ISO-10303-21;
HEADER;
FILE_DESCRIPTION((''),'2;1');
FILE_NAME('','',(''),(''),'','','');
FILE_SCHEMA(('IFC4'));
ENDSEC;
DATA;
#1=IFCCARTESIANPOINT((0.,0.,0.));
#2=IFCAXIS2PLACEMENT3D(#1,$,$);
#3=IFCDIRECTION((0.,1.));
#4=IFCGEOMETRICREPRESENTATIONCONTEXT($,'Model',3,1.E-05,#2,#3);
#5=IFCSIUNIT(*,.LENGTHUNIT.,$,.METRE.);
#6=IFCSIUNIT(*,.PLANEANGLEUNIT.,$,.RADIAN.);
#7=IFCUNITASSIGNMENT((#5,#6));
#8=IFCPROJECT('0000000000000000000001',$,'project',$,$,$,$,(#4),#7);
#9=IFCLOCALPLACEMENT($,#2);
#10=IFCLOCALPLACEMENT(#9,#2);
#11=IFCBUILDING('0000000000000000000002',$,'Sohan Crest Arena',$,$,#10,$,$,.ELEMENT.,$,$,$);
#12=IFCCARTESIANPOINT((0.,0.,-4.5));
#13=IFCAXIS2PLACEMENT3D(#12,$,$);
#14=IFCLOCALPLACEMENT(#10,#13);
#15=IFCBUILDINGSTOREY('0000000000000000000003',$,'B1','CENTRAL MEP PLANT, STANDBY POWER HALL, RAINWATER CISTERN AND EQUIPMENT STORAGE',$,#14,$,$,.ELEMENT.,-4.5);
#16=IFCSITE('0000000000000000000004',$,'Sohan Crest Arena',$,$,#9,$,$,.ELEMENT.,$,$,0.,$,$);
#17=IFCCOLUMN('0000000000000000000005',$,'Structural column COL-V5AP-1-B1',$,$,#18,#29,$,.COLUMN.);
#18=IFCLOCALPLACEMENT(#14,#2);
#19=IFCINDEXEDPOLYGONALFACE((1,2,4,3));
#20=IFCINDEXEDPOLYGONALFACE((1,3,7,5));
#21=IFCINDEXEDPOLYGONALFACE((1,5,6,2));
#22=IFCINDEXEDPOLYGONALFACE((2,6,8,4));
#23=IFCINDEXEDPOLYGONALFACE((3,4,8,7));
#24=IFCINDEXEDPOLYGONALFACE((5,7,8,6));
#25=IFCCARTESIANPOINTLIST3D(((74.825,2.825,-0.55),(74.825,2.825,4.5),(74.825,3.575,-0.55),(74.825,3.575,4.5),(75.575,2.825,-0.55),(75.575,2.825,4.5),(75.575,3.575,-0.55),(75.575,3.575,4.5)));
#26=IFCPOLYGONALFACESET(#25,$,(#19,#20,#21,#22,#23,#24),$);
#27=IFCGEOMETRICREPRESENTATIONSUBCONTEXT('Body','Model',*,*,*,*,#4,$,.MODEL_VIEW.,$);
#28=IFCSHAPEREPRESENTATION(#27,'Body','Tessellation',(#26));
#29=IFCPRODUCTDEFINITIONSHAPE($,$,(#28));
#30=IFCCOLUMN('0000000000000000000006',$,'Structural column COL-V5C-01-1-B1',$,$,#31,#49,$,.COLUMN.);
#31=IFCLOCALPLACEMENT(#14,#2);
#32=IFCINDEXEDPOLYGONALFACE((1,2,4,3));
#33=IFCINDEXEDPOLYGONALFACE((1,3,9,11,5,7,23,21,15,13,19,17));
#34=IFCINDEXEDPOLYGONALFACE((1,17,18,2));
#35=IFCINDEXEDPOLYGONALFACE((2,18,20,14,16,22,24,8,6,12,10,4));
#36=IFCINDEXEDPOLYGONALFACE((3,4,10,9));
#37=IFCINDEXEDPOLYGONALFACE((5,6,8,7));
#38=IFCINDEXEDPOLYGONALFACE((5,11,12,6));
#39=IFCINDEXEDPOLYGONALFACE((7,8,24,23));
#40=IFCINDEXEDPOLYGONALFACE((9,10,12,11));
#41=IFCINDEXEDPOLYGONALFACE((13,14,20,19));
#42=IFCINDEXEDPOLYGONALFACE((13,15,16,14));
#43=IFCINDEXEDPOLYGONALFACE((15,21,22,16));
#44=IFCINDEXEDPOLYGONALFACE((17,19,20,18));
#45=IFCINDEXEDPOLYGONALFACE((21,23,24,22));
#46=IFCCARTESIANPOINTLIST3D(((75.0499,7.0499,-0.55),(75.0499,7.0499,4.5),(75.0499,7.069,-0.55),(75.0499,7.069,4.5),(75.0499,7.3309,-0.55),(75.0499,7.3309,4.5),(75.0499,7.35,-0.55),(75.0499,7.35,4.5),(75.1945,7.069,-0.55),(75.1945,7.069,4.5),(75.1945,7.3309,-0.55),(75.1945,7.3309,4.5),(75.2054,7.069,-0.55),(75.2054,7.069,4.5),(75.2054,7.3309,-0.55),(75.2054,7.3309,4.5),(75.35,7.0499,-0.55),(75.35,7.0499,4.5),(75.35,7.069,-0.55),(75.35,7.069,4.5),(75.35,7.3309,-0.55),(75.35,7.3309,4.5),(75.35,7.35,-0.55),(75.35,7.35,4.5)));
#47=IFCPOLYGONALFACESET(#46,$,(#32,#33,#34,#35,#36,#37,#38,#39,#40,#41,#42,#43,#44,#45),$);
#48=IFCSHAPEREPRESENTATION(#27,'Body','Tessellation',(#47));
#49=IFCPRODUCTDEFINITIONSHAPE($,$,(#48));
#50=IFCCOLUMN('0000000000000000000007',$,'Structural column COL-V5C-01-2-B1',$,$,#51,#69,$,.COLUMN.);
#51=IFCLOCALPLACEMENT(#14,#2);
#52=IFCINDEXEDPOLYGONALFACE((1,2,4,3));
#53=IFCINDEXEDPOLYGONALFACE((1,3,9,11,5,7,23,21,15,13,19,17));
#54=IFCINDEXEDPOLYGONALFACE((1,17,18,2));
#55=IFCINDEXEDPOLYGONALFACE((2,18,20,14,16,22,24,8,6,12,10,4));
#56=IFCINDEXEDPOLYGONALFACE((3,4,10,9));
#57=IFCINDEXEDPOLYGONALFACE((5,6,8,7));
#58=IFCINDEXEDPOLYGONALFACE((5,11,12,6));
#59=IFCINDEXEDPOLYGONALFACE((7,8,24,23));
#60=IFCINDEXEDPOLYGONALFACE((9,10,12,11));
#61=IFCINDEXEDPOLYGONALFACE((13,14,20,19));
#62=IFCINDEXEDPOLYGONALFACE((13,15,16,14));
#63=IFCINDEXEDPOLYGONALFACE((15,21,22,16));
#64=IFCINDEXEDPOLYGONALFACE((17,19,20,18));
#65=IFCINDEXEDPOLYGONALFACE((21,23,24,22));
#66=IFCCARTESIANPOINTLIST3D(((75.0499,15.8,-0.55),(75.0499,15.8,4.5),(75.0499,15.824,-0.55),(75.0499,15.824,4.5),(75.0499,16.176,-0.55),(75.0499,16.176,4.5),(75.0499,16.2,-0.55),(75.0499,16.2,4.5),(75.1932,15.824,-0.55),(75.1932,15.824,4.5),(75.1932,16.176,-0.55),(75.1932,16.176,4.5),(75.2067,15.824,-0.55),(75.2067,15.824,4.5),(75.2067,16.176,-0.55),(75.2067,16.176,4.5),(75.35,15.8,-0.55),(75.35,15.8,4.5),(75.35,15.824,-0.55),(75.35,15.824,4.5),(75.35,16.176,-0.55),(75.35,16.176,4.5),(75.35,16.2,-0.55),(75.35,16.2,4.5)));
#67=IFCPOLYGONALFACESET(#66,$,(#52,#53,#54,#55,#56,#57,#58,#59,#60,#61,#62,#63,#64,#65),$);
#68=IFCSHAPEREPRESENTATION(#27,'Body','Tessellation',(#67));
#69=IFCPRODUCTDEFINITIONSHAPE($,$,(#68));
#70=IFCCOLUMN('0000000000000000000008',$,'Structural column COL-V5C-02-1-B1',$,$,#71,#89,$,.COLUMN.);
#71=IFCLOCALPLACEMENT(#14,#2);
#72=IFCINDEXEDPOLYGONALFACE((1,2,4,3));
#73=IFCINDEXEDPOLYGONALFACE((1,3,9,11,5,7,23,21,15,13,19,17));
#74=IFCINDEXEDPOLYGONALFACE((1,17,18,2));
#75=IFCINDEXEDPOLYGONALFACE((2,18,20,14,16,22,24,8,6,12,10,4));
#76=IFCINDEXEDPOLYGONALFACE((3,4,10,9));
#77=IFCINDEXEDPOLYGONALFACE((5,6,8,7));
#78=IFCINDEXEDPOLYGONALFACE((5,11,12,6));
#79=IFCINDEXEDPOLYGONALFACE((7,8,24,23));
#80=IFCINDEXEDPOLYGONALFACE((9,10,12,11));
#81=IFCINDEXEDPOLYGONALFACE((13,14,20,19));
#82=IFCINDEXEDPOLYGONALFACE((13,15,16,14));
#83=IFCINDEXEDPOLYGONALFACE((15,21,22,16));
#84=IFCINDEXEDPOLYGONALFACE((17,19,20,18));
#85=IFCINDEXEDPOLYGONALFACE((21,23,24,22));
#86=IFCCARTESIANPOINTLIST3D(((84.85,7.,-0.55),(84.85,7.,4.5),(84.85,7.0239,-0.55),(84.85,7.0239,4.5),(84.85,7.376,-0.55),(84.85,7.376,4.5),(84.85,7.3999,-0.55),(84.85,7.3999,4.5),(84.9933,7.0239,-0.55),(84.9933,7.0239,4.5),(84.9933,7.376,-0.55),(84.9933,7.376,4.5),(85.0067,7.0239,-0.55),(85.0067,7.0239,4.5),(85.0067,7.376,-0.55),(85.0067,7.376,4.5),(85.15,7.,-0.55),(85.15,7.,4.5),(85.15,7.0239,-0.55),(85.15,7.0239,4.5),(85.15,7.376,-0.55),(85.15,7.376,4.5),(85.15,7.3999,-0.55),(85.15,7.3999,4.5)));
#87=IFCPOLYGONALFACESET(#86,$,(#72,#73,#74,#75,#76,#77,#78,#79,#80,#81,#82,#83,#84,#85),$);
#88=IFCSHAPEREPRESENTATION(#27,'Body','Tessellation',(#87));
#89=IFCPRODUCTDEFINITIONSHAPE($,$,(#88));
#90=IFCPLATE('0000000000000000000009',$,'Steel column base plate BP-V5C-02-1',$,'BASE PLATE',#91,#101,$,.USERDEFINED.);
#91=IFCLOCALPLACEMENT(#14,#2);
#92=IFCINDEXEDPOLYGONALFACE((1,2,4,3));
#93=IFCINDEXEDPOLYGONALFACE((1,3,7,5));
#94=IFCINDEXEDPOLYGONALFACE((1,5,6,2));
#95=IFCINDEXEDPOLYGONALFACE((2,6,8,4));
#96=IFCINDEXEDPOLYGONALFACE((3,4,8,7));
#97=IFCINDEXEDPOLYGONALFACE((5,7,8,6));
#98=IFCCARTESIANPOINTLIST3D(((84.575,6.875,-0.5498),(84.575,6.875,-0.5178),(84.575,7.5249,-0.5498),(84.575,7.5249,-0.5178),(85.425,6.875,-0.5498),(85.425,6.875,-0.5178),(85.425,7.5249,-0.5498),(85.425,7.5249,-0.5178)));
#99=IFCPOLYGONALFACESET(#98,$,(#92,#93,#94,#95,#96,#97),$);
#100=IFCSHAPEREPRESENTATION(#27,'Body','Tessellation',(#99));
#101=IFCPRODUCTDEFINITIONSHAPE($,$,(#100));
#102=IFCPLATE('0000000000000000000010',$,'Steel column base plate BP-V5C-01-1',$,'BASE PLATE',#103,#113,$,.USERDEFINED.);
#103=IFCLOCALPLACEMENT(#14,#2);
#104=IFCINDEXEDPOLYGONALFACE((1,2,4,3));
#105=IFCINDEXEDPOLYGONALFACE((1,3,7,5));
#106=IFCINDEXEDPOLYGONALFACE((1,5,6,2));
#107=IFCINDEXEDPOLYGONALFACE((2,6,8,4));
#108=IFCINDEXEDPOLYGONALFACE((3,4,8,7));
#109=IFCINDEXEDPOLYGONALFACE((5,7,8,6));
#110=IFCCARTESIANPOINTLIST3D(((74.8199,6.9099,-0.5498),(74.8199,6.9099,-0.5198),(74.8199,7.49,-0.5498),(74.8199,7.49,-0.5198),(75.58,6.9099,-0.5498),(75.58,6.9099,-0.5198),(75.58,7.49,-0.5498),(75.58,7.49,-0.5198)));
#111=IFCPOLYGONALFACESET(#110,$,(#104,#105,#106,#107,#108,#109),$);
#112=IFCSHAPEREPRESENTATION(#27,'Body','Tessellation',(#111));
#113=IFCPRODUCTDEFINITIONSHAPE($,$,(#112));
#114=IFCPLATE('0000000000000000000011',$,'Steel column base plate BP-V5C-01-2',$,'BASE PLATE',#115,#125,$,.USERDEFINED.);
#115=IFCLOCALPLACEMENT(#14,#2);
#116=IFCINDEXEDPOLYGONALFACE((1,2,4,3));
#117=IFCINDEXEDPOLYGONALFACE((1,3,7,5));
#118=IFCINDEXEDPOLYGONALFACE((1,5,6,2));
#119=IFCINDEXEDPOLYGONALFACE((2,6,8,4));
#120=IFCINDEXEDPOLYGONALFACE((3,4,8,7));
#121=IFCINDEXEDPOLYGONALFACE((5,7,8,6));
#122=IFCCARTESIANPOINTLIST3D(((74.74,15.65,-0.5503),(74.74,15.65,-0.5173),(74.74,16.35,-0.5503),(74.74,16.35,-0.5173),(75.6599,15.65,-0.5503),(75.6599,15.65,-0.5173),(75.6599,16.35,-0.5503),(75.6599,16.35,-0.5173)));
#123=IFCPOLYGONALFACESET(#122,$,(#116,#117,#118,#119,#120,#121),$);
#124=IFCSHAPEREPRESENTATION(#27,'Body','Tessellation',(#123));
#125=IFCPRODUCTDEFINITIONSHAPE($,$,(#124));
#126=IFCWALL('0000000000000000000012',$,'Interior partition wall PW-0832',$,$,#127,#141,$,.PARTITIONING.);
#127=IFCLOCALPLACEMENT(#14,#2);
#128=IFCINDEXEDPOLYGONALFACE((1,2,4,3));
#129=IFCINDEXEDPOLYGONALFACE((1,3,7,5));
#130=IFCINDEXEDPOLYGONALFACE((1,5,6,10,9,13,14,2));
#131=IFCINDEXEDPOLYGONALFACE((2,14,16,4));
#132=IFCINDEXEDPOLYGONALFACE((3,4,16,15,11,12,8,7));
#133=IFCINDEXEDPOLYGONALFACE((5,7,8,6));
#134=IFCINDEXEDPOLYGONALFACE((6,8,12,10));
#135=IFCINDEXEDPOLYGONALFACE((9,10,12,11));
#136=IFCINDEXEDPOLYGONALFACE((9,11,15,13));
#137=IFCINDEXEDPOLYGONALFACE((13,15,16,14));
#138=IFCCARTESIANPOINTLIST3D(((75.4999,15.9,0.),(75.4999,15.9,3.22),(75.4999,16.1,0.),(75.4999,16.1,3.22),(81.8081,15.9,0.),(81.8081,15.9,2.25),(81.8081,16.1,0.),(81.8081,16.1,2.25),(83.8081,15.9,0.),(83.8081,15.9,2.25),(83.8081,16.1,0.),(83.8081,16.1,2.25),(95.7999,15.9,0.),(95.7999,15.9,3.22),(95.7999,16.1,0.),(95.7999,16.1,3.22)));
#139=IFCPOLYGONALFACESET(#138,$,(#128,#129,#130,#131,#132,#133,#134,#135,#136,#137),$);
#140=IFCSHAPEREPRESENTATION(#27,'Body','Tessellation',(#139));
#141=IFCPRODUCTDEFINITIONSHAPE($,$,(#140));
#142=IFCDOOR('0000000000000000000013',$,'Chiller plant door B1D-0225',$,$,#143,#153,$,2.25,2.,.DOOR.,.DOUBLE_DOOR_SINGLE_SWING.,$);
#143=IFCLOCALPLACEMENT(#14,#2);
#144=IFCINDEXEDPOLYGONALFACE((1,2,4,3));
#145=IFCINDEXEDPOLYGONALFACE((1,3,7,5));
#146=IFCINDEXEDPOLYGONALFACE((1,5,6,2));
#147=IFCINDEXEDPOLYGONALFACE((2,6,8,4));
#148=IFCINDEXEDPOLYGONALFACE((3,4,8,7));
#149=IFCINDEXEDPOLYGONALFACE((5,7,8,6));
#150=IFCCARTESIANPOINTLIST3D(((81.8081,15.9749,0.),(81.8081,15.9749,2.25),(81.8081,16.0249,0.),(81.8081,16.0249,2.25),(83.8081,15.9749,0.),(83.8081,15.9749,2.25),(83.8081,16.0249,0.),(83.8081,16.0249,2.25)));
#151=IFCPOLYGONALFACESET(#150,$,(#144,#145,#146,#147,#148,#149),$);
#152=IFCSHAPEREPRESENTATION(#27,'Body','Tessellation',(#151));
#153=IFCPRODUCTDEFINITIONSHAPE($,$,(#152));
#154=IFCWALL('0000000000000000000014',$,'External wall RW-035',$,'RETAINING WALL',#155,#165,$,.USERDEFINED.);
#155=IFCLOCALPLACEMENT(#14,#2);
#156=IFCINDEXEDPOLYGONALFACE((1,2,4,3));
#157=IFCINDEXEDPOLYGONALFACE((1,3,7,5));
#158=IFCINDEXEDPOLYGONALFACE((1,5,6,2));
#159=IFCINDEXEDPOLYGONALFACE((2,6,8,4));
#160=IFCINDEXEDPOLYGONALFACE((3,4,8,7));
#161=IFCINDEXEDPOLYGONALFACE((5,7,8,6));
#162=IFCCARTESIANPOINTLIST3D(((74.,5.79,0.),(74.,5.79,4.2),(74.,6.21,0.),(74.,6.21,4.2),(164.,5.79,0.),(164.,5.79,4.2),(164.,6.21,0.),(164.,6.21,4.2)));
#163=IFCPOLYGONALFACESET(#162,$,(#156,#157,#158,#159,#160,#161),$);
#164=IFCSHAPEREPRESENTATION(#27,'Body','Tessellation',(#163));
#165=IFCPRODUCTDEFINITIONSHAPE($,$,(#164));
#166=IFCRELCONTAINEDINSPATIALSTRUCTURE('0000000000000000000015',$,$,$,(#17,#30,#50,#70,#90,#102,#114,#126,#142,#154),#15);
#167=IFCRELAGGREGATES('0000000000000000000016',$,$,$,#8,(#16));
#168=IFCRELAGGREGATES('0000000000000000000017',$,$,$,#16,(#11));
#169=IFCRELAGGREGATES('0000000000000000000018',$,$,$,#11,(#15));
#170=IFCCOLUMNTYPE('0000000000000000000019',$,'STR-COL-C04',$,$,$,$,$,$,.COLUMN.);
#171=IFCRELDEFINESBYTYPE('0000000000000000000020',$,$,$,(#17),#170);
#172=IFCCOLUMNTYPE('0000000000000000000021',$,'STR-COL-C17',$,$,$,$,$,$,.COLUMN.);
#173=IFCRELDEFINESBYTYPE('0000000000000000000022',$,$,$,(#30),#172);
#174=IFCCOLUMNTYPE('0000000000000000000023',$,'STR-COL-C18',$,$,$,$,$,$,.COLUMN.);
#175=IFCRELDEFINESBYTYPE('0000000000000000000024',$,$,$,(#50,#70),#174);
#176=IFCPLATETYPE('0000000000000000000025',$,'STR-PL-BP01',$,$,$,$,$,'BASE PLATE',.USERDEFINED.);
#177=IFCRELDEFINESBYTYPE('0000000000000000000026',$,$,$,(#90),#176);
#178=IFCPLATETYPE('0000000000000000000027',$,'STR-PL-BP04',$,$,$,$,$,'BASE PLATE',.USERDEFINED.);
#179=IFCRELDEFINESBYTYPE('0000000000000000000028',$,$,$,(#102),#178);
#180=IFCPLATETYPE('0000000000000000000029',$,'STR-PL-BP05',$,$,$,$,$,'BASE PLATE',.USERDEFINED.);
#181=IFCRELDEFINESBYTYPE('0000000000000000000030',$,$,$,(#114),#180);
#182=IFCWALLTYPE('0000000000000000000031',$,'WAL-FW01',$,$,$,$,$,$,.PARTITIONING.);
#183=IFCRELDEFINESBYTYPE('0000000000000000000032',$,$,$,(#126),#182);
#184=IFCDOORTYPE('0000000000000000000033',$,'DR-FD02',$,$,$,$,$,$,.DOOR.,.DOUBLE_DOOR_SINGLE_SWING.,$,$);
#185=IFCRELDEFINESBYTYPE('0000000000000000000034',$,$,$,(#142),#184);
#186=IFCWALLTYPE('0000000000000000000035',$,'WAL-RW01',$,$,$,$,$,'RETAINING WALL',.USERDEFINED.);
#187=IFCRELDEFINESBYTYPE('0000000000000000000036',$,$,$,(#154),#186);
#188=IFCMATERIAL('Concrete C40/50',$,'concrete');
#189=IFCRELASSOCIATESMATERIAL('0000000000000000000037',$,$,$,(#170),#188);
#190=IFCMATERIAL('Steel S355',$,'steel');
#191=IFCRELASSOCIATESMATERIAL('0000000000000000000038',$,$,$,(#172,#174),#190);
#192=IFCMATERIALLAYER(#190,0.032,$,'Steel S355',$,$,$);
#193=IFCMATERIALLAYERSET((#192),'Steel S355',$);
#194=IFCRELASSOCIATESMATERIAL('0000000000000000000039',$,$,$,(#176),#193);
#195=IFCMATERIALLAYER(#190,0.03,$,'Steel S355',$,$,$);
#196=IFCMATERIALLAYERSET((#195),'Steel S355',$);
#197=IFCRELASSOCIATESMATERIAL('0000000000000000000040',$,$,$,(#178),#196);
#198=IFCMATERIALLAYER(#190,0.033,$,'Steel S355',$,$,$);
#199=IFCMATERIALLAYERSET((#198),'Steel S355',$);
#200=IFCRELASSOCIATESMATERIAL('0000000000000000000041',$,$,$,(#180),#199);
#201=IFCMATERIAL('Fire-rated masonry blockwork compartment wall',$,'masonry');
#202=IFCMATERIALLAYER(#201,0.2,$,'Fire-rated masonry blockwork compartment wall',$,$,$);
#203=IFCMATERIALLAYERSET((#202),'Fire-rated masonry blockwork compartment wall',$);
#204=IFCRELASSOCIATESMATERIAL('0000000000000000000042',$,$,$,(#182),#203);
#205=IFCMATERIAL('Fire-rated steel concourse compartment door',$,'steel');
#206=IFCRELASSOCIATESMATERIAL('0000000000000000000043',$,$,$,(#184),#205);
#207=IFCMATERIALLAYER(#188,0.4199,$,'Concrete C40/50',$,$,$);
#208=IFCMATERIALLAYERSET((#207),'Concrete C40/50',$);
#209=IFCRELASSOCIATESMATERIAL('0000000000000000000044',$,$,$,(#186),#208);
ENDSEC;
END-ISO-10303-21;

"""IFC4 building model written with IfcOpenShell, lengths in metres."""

from ifc_helpers import new_model, si_unit, direction, frame, frame_2d, origin, origin_2d, place, context, subcontext, project, spatial, rectangle, i_section, extrude, material, layer, layer_set, material_profile, profile_set, type_object, element, fill, save


model = new_model("IFC4")

# Units and contexts
model_context = context("Model", 3, precision=1e-05, world=origin(), true_north=direction((0.0, 1.0)))
body_context = subcontext(model_context, "Body", "Model", "MODEL_VIEW")
ifc_project = project(units=[si_unit("LENGTHUNIT", "METRE"), si_unit("PLANEANGLEUNIT", "RADIAN")], contexts=[model_context])

# Site, building, storey
site_placement = place(None, origin())
site = spatial("IfcSite", under=ifc_project, at=site_placement, Name="Sohan Crest Arena", CompositionType="ELEMENT", RefElevation=0.0)
building_placement = place(site_placement, origin())
building = spatial("IfcBuilding", under=site, at=building_placement, Name="Sohan Crest Arena", CompositionType="ELEMENT")
storey_placement = place(building_placement, frame((0.0, 0.0, -4.5)))
storey = spatial("IfcBuildingStorey", under=building, at=storey_placement, Name="B1", Description="CENTRAL MEP PLANT, STANDBY POWER HALL, RAINWATER CISTERN AND EQUIPMENT STORAGE", CompositionType="ELEMENT", Elevation=-4.5)

# Shared definitions
ifc_material_1 = material(Name="Concrete C40/50", Category="concrete")

# Columns
ifc_material_profile_1 = material_profile(ifc_material_1, rectangle(XDim=0.75, YDim=0.75, at=origin_2d()), Name="RC 750x750")
ifc_profile_set_1 = profile_set([ifc_material_profile_1], Name="Concrete C40/50")
column_type_1 = type_object("IfcColumnType", Name="STR-COL-C04", PredefinedType="COLUMN", material=ifc_profile_set_1)
column_1_placement = place(storey_placement, frame((75.2, 3.2, -0.55), z_axis=(0.0, 0.0, 1.0), x_axis=(1.0, 0.0, 0.0)))
element("IfcColumn", 1, at=column_1_placement, inside=storey, type_object=column_type_1, Name="Structural column COL-V5AP-1-B1", PredefinedType="COLUMN", context=body_context, shape_type="SweptSolid", body=[
    extrude(rectangle(XDim=0.75, YDim=0.75, at=origin_2d()), origin(), (0.0, 0.0, 1.0), 5.05),
])
ifc_material_2 = material(Name="Steel S355", Category="steel")
ifc_material_profile_2 = material_profile(ifc_material_2, i_section(OverallWidth=0.3, OverallDepth=0.3, WebThickness=0.011, FlangeThickness=0.019, at=origin_2d()), Name="HEB 300")
ifc_profile_set_2 = profile_set([ifc_material_profile_2], Name="Steel S355")
column_type_2 = type_object("IfcColumnType", Name="STR-COL-C17", PredefinedType="COLUMN", material=ifc_profile_set_2)
column_2_placement = place(storey_placement, frame((75.2, 7.2, -0.55), z_axis=(0.0, 0.0, 1.0), x_axis=(1.0, 0.0, 0.0)))
element("IfcColumn", 2, at=column_2_placement, inside=storey, type_object=column_type_2, Name="Structural column COL-V5C-01-1-B1", PredefinedType="COLUMN", context=body_context, shape_type="SweptSolid", body=[
    extrude(i_section(OverallWidth=0.3, OverallDepth=0.3, WebThickness=0.011, FlangeThickness=0.019, at=origin_2d()), origin(), (0.0, 0.0, 1.0), 5.05),
])
ifc_material_profile_3 = material_profile(ifc_material_2, i_section(OverallWidth=0.3, OverallDepth=0.3999, WebThickness=0.0134, FlangeThickness=0.0239, at=origin_2d()), Name="HEB 400")
ifc_profile_set_3 = profile_set([ifc_material_profile_3], Name="Steel S355")
column_type_3 = type_object("IfcColumnType", Name="STR-COL-C18", PredefinedType="COLUMN", material=ifc_profile_set_3)
for number, where, z_axis, x_axis, name in (
    (3, (75.2, 16.0, -0.55), (0.0, 0.0, 1.0), (1.0, 0.0, 0.0), "Structural column COL-V5C-01-2-B1"),
    (4, (85.0, 7.2, -0.55), (0.0, 0.0, 1.0), (1.0, 0.0, 0.0), "Structural column COL-V5C-02-1-B1"),
):
    element("IfcColumn", number, at=place(storey_placement, frame(where, z_axis=z_axis, x_axis=x_axis)), inside=storey, type_object=column_type_3, Name=name, PredefinedType="COLUMN", context=body_context, shape_type="SweptSolid", body=[
        extrude(i_section(OverallWidth=0.3, OverallDepth=0.3999, WebThickness=0.0134, FlangeThickness=0.0239, at=origin_2d()), origin(), (0.0, 0.0, 1.0), 5.05),
    ])

# Plates
ifc_layer_1 = layer(ifc_material_2, 0.032, Name="Steel S355")
ifc_layer_set_1 = layer_set([ifc_layer_1], Name="Steel S355")
plate_type_1 = type_object("IfcPlateType", Name="STR-PL-BP01", ElementType="BASE PLATE", PredefinedType="USERDEFINED", material=ifc_layer_set_1)
plate_1_placement = place(storey_placement, frame((85.0, 7.2, -0.5498), z_axis=(0.0, 0.0, 1.0), x_axis=(1.0, 0.0, 0.0)))
element("IfcPlate", 5, at=plate_1_placement, inside=storey, type_object=plate_type_1, Name="Steel column base plate BP-V5C-02-1", ObjectType="BASE PLATE", PredefinedType="USERDEFINED", context=body_context, shape_type="SweptSolid", body=[
    extrude(rectangle(XDim=0.8501, YDim=0.6499, at=origin_2d()), origin(), (0.0, 0.0, 1.0), 0.032),
])
ifc_layer_2 = layer(ifc_material_2, 0.03, Name="Steel S355")
ifc_layer_set_2 = layer_set([ifc_layer_2], Name="Steel S355")
plate_type_2 = type_object("IfcPlateType", Name="STR-PL-BP04", ElementType="BASE PLATE", PredefinedType="USERDEFINED", material=ifc_layer_set_2)
plate_2_placement = place(storey_placement, frame((75.2, 7.2, -0.5498), z_axis=(0.0, 0.0, 1.0), x_axis=(1.0, 0.0, 0.0)))
element("IfcPlate", 6, at=plate_2_placement, inside=storey, type_object=plate_type_2, Name="Steel column base plate BP-V5C-01-1", ObjectType="BASE PLATE", PredefinedType="USERDEFINED", context=body_context, shape_type="SweptSolid", body=[
    extrude(rectangle(XDim=0.76, YDim=0.5801, at=origin_2d()), origin(), (0.0, 0.0, 1.0), 0.03),
])
ifc_layer_3 = layer(ifc_material_2, 0.033, Name="Steel S355")
ifc_layer_set_3 = layer_set([ifc_layer_3], Name="Steel S355")
plate_type_3 = type_object("IfcPlateType", Name="STR-PL-BP05", ElementType="BASE PLATE", PredefinedType="USERDEFINED", material=ifc_layer_set_3)
plate_3_placement = place(storey_placement, frame((75.2, 16.0, -0.5503), z_axis=(0.0, 0.0, 1.0), x_axis=(1.0, 0.0, 0.0)))
element("IfcPlate", 7, at=plate_3_placement, inside=storey, type_object=plate_type_3, Name="Steel column base plate BP-V5C-01-2", ObjectType="BASE PLATE", PredefinedType="USERDEFINED", context=body_context, shape_type="SweptSolid", body=[
    extrude(rectangle(XDim=0.9199, YDim=0.7, at=origin_2d()), origin(), (0.0, 0.0, 1.0), 0.033),
])

# Wall, opening, door
ifc_material_3 = material(Name="Fire-rated masonry blockwork compartment wall", Category="masonry")
ifc_layer_4 = layer(ifc_material_3, 0.2, Name="Fire-rated masonry blockwork compartment wall")
ifc_layer_set_4 = layer_set([ifc_layer_4], Name="Fire-rated masonry blockwork compartment wall")
wall_type_1 = type_object("IfcWallType", Name="WAL-FW01", PredefinedType="PARTITIONING", material=ifc_layer_set_4)
wall_1_placement = place(storey_placement, frame((75.5, 16.0, 0.0), z_axis=(0.0, 0.0, 1.0), x_axis=(1.0, 0.0, 0.0)))
wall_1 = element("IfcWall", 8, at=wall_1_placement, inside=storey, type_object=wall_type_1, Name="Interior partition wall PW-0832", PredefinedType="PARTITIONING", context=body_context, shape_type="SweptSolid", body=[
    extrude(rectangle(XDim=20.3, YDim=0.2, at=frame_2d((10.1499, 0.0))), origin(), (0.0, 0.0, 1.0), 3.22),
])
opening_placement = place(wall_1_placement, frame((6.3081, 0.0, 0.0)))
opening = element("IfcOpeningElement", 9, at=opening_placement, cuts=wall_1, PredefinedType="OPENING", context=body_context, shape_type="SweptSolid", body=[
    extrude(rectangle(XDim=2.0, YDim=2.25, at=frame_2d((1.0, 1.125))), frame((0.0, 0.1099, 0.0), z_axis=(0.0, -1.0, 0.0), x_axis=(1.0, 0.0, 0.0)), (0.0, 0.0, 1.0), 0.22),
])
ifc_material_4 = material(Name="Fire-rated steel concourse compartment door", Category="steel")
door_type = type_object("IfcDoorType", Name="DR-FD02", OperationType="DOUBLE_DOOR_SINGLE_SWING", PredefinedType="DOOR", material=ifc_material_4)
door_placement = place(opening_placement, origin())
door = element("IfcDoor", 10, at=door_placement, inside=storey, type_object=door_type, Name="Chiller plant door B1D-0225", OperationType="DOUBLE_DOOR_SINGLE_SWING", OverallHeight=2.25, OverallWidth=2.0, PredefinedType="DOOR", context=body_context, shape_type="SweptSolid", body=[
    extrude(rectangle(XDim=2.0, YDim=2.25, at=frame_2d((1.0, 1.125))), frame((0.0, 0.0249, 0.0), z_axis=(0.0, -1.0, 0.0), x_axis=(1.0, 0.0, 0.0)), (0.0, 0.0, 1.0), 0.05),
])
fill(opening, door)

# Wall
ifc_layer_5 = layer(ifc_material_1, 0.4199, Name="Concrete C40/50")
ifc_layer_set_5 = layer_set([ifc_layer_5], Name="Concrete C40/50")
wall_type_2 = type_object("IfcWallType", Name="WAL-RW01", ElementType="RETAINING WALL", PredefinedType="USERDEFINED", material=ifc_layer_set_5)
wall_2_placement = place(storey_placement, frame((74.0, 6.0, 0.0), z_axis=(0.0, 0.0, 1.0), x_axis=(1.0, 0.0, 0.0)))
element("IfcWall", 11, at=wall_2_placement, inside=storey, type_object=wall_type_2, Name="External wall RW-035", ObjectType="RETAINING WALL", PredefinedType="USERDEFINED", context=body_context, shape_type="SweptSolid", body=[
    extrude(rectangle(XDim=90.0, YDim=0.4199, at=frame_2d((45.0, 0.0))), origin(), (0.0, 0.0, 1.0), 4.2),
])

save(model, "model.ifc")
